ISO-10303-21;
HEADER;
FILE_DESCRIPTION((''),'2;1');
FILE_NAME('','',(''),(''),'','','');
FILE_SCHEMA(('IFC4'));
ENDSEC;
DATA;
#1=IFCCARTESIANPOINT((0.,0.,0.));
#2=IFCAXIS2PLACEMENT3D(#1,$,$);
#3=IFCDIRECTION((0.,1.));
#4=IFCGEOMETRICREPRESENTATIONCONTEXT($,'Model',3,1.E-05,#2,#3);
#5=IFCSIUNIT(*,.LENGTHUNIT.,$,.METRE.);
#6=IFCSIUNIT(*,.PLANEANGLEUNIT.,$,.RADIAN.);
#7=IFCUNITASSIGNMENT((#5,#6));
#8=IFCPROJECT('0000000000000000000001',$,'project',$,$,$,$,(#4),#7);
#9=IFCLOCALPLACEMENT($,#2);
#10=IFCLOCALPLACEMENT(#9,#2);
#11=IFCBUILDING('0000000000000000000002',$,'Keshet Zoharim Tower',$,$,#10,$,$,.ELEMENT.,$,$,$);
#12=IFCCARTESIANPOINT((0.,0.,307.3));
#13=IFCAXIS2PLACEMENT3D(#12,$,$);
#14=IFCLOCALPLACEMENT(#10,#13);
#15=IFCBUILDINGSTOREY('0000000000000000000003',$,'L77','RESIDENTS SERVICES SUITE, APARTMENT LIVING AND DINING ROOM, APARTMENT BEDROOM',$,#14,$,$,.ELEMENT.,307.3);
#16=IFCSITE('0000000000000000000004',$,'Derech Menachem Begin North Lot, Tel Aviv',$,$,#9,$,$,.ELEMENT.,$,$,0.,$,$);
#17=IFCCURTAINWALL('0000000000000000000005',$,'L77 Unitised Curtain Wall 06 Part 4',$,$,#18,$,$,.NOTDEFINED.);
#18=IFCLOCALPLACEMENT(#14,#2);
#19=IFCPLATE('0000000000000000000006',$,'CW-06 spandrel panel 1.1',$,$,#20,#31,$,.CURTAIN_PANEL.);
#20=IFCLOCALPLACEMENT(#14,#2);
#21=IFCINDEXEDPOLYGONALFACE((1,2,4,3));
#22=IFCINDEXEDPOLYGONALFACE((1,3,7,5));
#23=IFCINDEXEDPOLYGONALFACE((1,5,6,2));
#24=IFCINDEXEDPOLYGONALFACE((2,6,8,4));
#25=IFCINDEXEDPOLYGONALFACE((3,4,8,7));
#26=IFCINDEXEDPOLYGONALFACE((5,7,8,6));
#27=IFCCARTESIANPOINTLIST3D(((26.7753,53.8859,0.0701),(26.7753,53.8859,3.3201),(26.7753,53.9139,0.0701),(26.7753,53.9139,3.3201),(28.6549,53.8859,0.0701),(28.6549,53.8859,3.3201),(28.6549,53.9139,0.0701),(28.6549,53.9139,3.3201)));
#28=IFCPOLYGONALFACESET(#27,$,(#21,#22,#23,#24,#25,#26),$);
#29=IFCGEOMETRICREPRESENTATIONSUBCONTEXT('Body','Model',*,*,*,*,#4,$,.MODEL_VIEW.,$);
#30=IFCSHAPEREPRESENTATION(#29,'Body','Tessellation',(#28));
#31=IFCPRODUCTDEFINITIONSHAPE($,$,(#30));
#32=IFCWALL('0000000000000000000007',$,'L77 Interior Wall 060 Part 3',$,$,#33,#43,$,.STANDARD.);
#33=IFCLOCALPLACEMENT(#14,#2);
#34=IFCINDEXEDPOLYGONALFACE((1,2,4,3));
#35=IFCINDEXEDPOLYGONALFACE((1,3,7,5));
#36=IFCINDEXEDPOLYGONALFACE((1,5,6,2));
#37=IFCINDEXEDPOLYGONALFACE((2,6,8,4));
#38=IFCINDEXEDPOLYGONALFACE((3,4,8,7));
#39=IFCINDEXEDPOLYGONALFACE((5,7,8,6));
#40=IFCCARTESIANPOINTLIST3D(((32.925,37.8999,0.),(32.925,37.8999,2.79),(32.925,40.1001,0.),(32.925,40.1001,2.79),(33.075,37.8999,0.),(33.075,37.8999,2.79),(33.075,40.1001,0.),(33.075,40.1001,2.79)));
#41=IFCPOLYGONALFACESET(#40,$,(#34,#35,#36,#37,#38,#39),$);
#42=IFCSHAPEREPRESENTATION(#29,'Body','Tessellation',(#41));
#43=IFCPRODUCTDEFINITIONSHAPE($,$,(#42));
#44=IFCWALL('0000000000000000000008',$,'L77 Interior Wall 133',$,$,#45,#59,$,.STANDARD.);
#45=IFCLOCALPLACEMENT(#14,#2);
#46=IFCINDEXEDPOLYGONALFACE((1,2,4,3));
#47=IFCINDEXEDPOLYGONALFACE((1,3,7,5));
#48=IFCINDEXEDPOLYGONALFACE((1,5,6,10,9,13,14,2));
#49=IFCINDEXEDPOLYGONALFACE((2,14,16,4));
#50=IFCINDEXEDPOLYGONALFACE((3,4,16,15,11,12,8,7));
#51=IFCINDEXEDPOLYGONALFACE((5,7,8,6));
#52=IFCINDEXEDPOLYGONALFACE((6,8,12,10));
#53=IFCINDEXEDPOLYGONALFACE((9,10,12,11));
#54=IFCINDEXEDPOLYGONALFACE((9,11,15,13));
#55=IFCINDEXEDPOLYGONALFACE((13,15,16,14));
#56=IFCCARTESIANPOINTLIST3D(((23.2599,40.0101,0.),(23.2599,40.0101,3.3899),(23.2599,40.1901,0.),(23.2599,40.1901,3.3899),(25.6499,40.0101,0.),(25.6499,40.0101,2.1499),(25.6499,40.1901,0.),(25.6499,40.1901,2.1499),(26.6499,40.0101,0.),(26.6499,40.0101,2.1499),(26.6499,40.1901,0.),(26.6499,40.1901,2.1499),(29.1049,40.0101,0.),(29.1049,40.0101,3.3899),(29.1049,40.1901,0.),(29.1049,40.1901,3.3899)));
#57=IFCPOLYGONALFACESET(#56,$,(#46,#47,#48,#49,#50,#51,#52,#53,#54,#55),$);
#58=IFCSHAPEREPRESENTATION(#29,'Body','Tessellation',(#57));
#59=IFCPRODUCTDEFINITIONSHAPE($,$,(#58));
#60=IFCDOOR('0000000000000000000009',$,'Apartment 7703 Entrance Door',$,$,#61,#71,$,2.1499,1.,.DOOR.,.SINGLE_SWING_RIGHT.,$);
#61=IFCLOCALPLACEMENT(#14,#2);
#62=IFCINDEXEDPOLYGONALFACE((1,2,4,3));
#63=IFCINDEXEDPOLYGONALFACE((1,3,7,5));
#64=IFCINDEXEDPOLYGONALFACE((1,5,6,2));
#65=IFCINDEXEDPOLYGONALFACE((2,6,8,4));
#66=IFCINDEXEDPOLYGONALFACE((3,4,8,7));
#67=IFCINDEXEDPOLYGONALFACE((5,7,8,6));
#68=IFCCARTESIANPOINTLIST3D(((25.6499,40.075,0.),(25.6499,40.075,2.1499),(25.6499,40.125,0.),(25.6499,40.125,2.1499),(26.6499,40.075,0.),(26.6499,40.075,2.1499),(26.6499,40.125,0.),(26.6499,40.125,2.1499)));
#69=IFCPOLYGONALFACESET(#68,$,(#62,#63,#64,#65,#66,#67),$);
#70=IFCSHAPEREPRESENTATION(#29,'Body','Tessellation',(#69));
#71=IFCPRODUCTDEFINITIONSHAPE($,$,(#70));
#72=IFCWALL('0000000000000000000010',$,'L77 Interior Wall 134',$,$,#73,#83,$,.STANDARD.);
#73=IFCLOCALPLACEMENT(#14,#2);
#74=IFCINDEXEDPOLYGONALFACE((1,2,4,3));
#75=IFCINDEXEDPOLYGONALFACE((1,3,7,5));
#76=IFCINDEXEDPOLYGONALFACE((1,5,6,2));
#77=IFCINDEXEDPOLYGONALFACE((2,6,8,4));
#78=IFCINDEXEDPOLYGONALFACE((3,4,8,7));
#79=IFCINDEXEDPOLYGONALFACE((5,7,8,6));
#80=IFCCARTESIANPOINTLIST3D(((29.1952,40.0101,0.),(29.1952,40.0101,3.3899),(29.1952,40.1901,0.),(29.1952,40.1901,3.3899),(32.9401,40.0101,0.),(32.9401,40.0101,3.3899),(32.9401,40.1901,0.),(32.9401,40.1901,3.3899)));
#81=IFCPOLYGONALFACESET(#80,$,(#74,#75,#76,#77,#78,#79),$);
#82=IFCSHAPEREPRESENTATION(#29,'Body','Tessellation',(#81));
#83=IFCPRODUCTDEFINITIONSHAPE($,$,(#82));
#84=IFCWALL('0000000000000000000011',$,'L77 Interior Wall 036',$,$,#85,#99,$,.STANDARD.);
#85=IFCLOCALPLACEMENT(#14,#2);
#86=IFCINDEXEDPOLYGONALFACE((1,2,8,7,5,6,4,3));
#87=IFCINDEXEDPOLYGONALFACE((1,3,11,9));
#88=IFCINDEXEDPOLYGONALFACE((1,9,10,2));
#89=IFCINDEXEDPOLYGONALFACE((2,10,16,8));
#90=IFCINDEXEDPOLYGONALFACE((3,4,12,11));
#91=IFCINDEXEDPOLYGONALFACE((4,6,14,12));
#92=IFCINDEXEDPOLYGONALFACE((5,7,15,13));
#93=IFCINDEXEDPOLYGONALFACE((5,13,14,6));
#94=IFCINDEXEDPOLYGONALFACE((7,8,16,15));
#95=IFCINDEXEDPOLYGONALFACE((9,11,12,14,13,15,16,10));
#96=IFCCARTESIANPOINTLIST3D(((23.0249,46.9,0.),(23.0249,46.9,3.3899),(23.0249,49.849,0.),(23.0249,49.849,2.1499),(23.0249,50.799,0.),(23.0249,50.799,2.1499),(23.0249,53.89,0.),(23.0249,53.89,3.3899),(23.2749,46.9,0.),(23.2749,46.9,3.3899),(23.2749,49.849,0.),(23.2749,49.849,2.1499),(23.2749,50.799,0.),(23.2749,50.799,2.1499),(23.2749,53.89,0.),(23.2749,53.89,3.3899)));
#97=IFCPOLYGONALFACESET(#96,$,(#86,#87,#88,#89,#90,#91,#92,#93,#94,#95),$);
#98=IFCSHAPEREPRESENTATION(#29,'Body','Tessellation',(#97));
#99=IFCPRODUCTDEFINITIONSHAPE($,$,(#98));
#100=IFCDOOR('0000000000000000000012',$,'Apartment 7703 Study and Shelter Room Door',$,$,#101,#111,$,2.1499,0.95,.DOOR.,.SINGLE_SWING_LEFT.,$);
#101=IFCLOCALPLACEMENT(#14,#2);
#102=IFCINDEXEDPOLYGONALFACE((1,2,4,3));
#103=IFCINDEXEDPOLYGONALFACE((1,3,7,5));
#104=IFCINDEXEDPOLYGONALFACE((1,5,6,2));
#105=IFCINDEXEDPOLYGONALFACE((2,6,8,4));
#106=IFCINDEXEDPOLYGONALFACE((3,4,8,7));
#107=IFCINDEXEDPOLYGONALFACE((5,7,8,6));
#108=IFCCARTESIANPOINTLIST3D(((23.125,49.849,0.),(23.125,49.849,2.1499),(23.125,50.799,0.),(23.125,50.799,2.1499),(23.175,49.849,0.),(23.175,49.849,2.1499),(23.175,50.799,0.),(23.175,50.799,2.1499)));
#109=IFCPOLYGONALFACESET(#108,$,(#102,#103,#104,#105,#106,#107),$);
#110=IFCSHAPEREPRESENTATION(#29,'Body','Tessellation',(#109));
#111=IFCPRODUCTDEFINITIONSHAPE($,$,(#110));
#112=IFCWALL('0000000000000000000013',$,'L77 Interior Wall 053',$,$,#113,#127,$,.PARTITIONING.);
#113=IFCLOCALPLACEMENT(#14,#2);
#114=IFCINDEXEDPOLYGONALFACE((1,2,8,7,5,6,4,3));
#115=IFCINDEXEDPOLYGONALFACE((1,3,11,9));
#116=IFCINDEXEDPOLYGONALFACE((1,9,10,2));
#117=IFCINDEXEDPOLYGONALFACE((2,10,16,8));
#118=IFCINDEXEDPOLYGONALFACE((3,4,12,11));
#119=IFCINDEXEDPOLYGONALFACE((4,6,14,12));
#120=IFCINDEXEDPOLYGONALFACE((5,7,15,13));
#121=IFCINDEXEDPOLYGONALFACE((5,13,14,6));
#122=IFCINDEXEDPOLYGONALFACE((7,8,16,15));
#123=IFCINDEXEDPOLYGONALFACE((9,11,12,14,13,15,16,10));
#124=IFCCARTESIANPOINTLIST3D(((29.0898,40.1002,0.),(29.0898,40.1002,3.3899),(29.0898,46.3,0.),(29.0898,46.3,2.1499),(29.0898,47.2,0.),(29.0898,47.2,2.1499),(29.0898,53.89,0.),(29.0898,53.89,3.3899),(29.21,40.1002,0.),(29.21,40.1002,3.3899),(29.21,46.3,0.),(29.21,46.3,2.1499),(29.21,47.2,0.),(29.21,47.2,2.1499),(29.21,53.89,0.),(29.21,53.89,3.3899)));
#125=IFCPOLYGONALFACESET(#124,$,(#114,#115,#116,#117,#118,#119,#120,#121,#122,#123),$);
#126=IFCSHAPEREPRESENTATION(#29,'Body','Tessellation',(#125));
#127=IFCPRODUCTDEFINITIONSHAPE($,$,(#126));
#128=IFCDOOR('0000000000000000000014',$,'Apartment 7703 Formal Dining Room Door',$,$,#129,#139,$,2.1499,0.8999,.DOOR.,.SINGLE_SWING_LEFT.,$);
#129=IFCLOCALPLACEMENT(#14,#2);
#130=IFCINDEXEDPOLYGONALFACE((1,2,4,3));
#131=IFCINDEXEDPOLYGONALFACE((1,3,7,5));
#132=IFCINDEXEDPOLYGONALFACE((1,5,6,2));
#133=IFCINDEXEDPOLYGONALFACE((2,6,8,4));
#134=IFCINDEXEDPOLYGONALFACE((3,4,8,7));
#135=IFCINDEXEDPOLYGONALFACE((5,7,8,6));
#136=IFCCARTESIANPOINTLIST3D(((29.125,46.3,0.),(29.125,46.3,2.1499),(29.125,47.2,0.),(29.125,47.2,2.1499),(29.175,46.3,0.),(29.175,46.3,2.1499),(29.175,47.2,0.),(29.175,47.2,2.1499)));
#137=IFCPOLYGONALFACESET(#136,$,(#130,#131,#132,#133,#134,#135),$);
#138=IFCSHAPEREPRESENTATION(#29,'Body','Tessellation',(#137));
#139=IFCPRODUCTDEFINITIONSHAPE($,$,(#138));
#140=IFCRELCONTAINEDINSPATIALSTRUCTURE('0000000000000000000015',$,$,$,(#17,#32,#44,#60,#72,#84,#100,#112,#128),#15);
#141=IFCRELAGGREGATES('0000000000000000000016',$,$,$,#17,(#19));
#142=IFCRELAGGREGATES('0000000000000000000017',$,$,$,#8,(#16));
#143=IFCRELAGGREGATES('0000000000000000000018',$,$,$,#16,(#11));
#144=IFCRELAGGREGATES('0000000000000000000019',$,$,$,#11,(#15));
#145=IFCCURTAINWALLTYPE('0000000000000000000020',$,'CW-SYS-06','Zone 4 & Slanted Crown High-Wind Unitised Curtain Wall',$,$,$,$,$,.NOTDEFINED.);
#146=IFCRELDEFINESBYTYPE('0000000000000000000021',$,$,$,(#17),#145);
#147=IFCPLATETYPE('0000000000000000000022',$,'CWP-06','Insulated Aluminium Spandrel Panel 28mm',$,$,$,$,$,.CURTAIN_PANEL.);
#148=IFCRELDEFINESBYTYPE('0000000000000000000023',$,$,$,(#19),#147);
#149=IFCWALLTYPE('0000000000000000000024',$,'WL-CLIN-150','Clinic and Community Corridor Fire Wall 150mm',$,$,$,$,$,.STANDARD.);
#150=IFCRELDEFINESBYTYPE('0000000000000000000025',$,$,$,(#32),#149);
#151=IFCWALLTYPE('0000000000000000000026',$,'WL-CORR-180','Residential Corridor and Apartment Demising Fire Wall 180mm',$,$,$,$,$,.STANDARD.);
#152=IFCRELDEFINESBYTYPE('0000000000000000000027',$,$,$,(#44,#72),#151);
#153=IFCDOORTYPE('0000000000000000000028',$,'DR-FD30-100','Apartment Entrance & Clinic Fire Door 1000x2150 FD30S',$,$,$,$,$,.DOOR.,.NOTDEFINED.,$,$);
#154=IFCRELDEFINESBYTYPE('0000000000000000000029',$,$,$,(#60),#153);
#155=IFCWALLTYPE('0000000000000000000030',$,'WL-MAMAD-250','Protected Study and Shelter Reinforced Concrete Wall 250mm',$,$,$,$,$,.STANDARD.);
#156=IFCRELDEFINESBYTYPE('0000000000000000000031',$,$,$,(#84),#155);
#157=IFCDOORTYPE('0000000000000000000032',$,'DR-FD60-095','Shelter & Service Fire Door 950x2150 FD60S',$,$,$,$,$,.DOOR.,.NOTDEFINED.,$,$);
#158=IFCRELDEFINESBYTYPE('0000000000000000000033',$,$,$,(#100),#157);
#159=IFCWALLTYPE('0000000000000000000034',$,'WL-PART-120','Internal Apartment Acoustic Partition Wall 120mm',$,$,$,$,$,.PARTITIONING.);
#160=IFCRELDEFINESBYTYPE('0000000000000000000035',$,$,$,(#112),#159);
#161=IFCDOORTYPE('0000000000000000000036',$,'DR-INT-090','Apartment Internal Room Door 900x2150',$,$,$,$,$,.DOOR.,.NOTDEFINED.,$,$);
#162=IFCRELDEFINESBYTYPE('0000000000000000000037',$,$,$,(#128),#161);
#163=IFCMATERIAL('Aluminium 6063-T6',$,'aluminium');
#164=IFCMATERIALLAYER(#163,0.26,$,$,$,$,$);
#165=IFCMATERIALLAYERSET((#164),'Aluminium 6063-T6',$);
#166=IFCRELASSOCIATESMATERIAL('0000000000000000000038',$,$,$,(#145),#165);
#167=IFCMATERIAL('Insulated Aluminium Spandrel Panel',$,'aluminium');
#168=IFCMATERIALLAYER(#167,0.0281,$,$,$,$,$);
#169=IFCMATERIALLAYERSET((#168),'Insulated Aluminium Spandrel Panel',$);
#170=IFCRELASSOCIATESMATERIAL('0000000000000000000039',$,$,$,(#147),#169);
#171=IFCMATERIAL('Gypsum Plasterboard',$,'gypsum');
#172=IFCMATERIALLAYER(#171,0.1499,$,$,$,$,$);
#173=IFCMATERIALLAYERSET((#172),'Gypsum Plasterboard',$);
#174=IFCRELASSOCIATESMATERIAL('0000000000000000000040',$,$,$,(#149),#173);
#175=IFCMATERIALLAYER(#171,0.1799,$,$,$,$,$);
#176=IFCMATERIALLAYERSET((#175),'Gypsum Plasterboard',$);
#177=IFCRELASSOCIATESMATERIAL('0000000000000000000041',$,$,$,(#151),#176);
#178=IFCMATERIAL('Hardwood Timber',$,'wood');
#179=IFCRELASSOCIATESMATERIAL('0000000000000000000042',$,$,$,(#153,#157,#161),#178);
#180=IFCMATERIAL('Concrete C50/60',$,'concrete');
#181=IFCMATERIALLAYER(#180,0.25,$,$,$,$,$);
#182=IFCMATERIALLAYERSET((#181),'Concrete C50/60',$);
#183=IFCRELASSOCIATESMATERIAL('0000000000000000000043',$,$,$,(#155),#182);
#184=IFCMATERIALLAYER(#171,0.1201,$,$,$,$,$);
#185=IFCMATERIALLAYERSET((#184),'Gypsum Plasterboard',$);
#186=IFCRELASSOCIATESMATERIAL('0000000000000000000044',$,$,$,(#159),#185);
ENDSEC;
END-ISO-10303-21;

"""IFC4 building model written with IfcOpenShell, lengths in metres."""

from ifc_helpers import new_model, si_unit, direction, frame, frame_2d, origin, origin_2d, place, context, subcontext, project, spatial, rectangle, extrude, material, layer, layer_set, type_object, element, fill, aggregate, save


model = new_model("IFC4")

# Units and contexts
model_context = context("Model", 3, precision=1e-05, world=origin(), true_north=direction((0.0, 1.0)))
body_context = subcontext(model_context, "Body", "Model", "MODEL_VIEW")
ifc_project = project(units=[si_unit("LENGTHUNIT", "METRE"), si_unit("PLANEANGLEUNIT", "RADIAN")], contexts=[model_context])

# Site, building, storey
site_placement = place(None, origin())
site = spatial("IfcSite", under=ifc_project, at=site_placement, Name="Derech Menachem Begin North Lot, Tel Aviv", CompositionType="ELEMENT", RefElevation=0.0)
building_placement = place(site_placement, origin())
building = spatial("IfcBuilding", under=site, at=building_placement, Name="Keshet Zoharim Tower", CompositionType="ELEMENT")
storey_placement = place(building_placement, frame((0.0, 0.0, 307.3)))
storey = spatial("IfcBuildingStorey", under=building, at=storey_placement, Name="L77", Description="RESIDENTS SERVICES SUITE, APARTMENT LIVING AND DINING ROOM, APARTMENT BEDROOM", CompositionType="ELEMENT", Elevation=307.3)

# Shared definitions
ifc_material_1 = material(Name="Aluminium 6063-T6", Category="aluminium")
ifc_layer_1 = layer(ifc_material_1, 0.26)
ifc_layer_set_1 = layer_set([ifc_layer_1], Name="Aluminium 6063-T6")
curtain_wall_type = type_object("IfcCurtainWallType", Name="CW-SYS-06", Description="Zone 4 & Slanted Crown High-Wind Unitised Curtain Wall", PredefinedType="NOTDEFINED", material=ifc_layer_set_1)

# Curtain wall
curtain_wall_1_placement = place(storey_placement, origin())
curtain_wall_1 = element("IfcCurtainWall", 1, at=curtain_wall_1_placement, inside=storey, type_object=curtain_wall_type, Name="L77 Unitised Curtain Wall 06 Part 4", PredefinedType="NOTDEFINED")

# Plate
ifc_material_2 = material(Name="Insulated Aluminium Spandrel Panel", Category="aluminium")
ifc_layer_2 = layer(ifc_material_2, 0.0281)
ifc_layer_set_2 = layer_set([ifc_layer_2], Name="Insulated Aluminium Spandrel Panel")
plate_type_1 = type_object("IfcPlateType", Name="CWP-06", Description="Insulated Aluminium Spandrel Panel 28mm", PredefinedType="CURTAIN_PANEL", material=ifc_layer_set_2)
plate_1_placement = place(storey_placement, frame((27.7151, 53.8999, 0.0701), z_axis=(0.0, 0.0, 1.0), x_axis=(1.0, 0.0, 0.0)))
plate_1 = element("IfcPlate", 2, at=plate_1_placement, type_object=plate_type_1, Name="CW-06 spandrel panel 1.1", PredefinedType="CURTAIN_PANEL", context=body_context, shape_type="SweptSolid", body=[
    extrude(rectangle(XDim=1.8796, YDim=0.0281, at=origin_2d()), origin(), (0.0, 0.0, 1.0), 3.25),
])
aggregate(curtain_wall_1, [plate_1])

# Wall
ifc_material_3 = material(Name="Gypsum Plasterboard", Category="gypsum")
ifc_layer_3 = layer(ifc_material_3, 0.1499)
ifc_layer_set_3 = layer_set([ifc_layer_3], Name="Gypsum Plasterboard")
wall_type_1 = type_object("IfcWallType", Name="WL-CLIN-150", Description="Clinic and Community Corridor Fire Wall 150mm", PredefinedType="STANDARD", material=ifc_layer_set_3)
wall_1_placement = place(storey_placement, frame((33.0, 37.8999, 0.0), z_axis=(0.0, 0.0, 1.0), x_axis=(0.0, 1.0, 0.0)))
element("IfcWall", 3, at=wall_1_placement, inside=storey, type_object=wall_type_1, Name="L77 Interior Wall 060 Part 3", PredefinedType="STANDARD", context=body_context, shape_type="SweptSolid", body=[
    extrude(rectangle(XDim=2.2002, YDim=0.1499, at=frame_2d((1.1001, 0.0))), origin(), (0.0, 0.0, 1.0), 2.79),
])

# Wall, opening, door
ifc_layer_4 = layer(ifc_material_3, 0.1799)
ifc_layer_set_4 = layer_set([ifc_layer_4], Name="Gypsum Plasterboard")
wall_type_2 = type_object("IfcWallType", Name="WL-CORR-180", Description="Residential Corridor and Apartment Demising Fire Wall 180mm", PredefinedType="STANDARD", material=ifc_layer_set_4)
wall_2_placement = place(storey_placement, frame((23.26, 40.1001, 0.0), z_axis=(0.0, 0.0, 1.0), x_axis=(1.0, 0.0, 0.0)))
wall_2 = element("IfcWall", 4, at=wall_2_placement, inside=storey, type_object=wall_type_2, Name="L77 Interior Wall 133", PredefinedType="STANDARD", context=body_context, shape_type="SweptSolid", body=[
    extrude(rectangle(XDim=5.845, YDim=0.1799, at=frame_2d((2.9224, 0.0))), origin(), (0.0, 0.0, 1.0), 3.3899),
])
opening_1_placement = place(wall_2_placement, frame((2.3899, 0.0, 0.0)))
opening_1 = element("IfcOpeningElement", 5, at=opening_1_placement, cuts=wall_2, PredefinedType="OPENING", context=body_context, shape_type="SweptSolid", body=[
    extrude(rectangle(XDim=1.0, YDim=2.1499, at=frame_2d((0.5, 1.075))), frame((0.0, 0.1001, 0.0), z_axis=(0.0, -1.0, 0.0), x_axis=(1.0, 0.0, 0.0)), (0.0, 0.0, 1.0), 0.2),
])
ifc_material_4 = material(Name="Hardwood Timber", Category="wood")
door_type_1 = type_object("IfcDoorType", Name="DR-FD30-100", Description="Apartment Entrance & Clinic Fire Door 1000x2150 FD30S", OperationType="NOTDEFINED", PredefinedType="DOOR", material=ifc_material_4)
door_1_placement = place(opening_1_placement, origin())
door_1 = element("IfcDoor", 6, at=door_1_placement, inside=storey, type_object=door_type_1, Name="Apartment 7703 Entrance Door", OperationType="SINGLE_SWING_RIGHT", OverallHeight=2.1499, OverallWidth=1.0, PredefinedType="DOOR", context=body_context, shape_type="SweptSolid", body=[
    extrude(rectangle(XDim=1.0, YDim=2.1499, at=frame_2d((0.5, 1.075))), frame((0.0, 0.0249, 0.0), z_axis=(0.0, -1.0, 0.0), x_axis=(1.0, 0.0, 0.0)), (0.0, 0.0, 1.0), 0.05),
])
fill(opening_1, door_1)

# Wall
wall_3_placement = place(storey_placement, frame((29.1951, 40.1001, 0.0), z_axis=(0.0, 0.0, 1.0), x_axis=(1.0, 0.0, 0.0)))
element("IfcWall", 7, at=wall_3_placement, inside=storey, type_object=wall_type_2, Name="L77 Interior Wall 134", PredefinedType="STANDARD", context=body_context, shape_type="SweptSolid", body=[
    extrude(rectangle(XDim=3.7449, YDim=0.1799, at=frame_2d((1.8726, 0.0))), origin(), (0.0, 0.0, 1.0), 3.3899),
])

# Walls, openings, doors
ifc_material_5 = material(Name="Concrete C50/60", Category="concrete")
ifc_layer_5 = layer(ifc_material_5, 0.25)
ifc_layer_set_5 = layer_set([ifc_layer_5], Name="Concrete C50/60")
wall_type_3 = type_object("IfcWallType", Name="WL-MAMAD-250", Description="Protected Study and Shelter Reinforced Concrete Wall 250mm", PredefinedType="STANDARD", material=ifc_layer_set_5)
wall_4_placement = place(storey_placement, frame((23.1499, 46.8999, 0.0), z_axis=(0.0, 0.0, 1.0), x_axis=(0.0, 1.0, 0.0)))
wall_4 = element("IfcWall", 8, at=wall_4_placement, inside=storey, type_object=wall_type_3, Name="L77 Interior Wall 036", PredefinedType="STANDARD", context=body_context, shape_type="SweptSolid", body=[
    extrude(rectangle(XDim=6.99, YDim=0.25, at=frame_2d((3.4951, 0.0))), origin(), (0.0, 0.0, 1.0), 3.3899),
])
opening_2_placement = place(wall_4_placement, frame((2.949, 0.0, 0.0)))
opening_2 = element("IfcOpeningElement", 9, at=opening_2_placement, cuts=wall_4, PredefinedType="OPENING", context=body_context, shape_type="SweptSolid", body=[
    extrude(rectangle(XDim=0.95, YDim=2.1499, at=frame_2d((0.4751, 1.075))), frame((0.0, 0.135, 0.0), z_axis=(0.0, -1.0, 0.0), x_axis=(1.0, 0.0, 0.0)), (0.0, 0.0, 1.0), 0.27),
])
door_type_2 = type_object("IfcDoorType", Name="DR-FD60-095", Description="Shelter & Service Fire Door 950x2150 FD60S", OperationType="NOTDEFINED", PredefinedType="DOOR", material=ifc_material_4)
door_2_placement = place(opening_2_placement, origin())
door_2 = element("IfcDoor", 10, at=door_2_placement, inside=storey, type_object=door_type_2, Name="Apartment 7703 Study and Shelter Room Door", OperationType="SINGLE_SWING_LEFT", OverallHeight=2.1499, OverallWidth=0.95, PredefinedType="DOOR", context=body_context, shape_type="SweptSolid", body=[
    extrude(rectangle(XDim=0.95, YDim=2.1499, at=frame_2d((0.4751, 1.075))), frame((0.0, 0.0249, 0.0), z_axis=(0.0, -1.0, 0.0), x_axis=(1.0, 0.0, 0.0)), (0.0, 0.0, 1.0), 0.05),
])
fill(opening_2, door_2)
ifc_layer_6 = layer(ifc_material_3, 0.1201)
ifc_layer_set_6 = layer_set([ifc_layer_6], Name="Gypsum Plasterboard")
wall_type_4 = type_object("IfcWallType", Name="WL-PART-120", Description="Internal Apartment Acoustic Partition Wall 120mm", PredefinedType="PARTITIONING", material=ifc_layer_set_6)
wall_5_placement = place(storey_placement, frame((29.1499, 40.1001, 0.0), z_axis=(0.0, 0.0, 1.0), x_axis=(0.0, 1.0, 0.0)))
wall_5 = element("IfcWall", 11, at=wall_5_placement, inside=storey, type_object=wall_type_4, Name="L77 Interior Wall 053", PredefinedType="PARTITIONING", context=body_context, shape_type="SweptSolid", body=[
    extrude(rectangle(XDim=13.7898, YDim=0.1201, at=frame_2d((6.895, 0.0))), origin(), (0.0, 0.0, 1.0), 3.3899),
])
opening_3_placement = place(wall_5_placement, frame((6.2, 0.0, 0.0)))
opening_3 = element("IfcOpeningElement", 12, at=opening_3_placement, cuts=wall_5, PredefinedType="OPENING", context=body_context, shape_type="SweptSolid", body=[
    extrude(rectangle(XDim=0.8999, YDim=2.1499, at=frame_2d((0.45, 1.075))), frame((0.0, 0.0701, 0.0), z_axis=(0.0, -1.0, 0.0), x_axis=(1.0, 0.0, 0.0)), (0.0, 0.0, 1.0), 0.1401),
])
door_type_3 = type_object("IfcDoorType", Name="DR-INT-090", Description="Apartment Internal Room Door 900x2150", OperationType="NOTDEFINED", PredefinedType="DOOR", material=ifc_material_4)
door_3_placement = place(opening_3_placement, origin())
door_3 = element("IfcDoor", 13, at=door_3_placement, inside=storey, type_object=door_type_3, Name="Apartment 7703 Formal Dining Room Door", OperationType="SINGLE_SWING_LEFT", OverallHeight=2.1499, OverallWidth=0.8999, PredefinedType="DOOR", context=body_context, shape_type="SweptSolid", body=[
    extrude(rectangle(XDim=0.8999, YDim=2.1499, at=frame_2d((0.45, 1.075))), frame((0.0, 0.0249, 0.0), z_axis=(0.0, -1.0, 0.0), x_axis=(1.0, 0.0, 0.0)), (0.0, 0.0, 1.0), 0.05),
])
fill(opening_3, door_3)

save(model, "model.ifc")
